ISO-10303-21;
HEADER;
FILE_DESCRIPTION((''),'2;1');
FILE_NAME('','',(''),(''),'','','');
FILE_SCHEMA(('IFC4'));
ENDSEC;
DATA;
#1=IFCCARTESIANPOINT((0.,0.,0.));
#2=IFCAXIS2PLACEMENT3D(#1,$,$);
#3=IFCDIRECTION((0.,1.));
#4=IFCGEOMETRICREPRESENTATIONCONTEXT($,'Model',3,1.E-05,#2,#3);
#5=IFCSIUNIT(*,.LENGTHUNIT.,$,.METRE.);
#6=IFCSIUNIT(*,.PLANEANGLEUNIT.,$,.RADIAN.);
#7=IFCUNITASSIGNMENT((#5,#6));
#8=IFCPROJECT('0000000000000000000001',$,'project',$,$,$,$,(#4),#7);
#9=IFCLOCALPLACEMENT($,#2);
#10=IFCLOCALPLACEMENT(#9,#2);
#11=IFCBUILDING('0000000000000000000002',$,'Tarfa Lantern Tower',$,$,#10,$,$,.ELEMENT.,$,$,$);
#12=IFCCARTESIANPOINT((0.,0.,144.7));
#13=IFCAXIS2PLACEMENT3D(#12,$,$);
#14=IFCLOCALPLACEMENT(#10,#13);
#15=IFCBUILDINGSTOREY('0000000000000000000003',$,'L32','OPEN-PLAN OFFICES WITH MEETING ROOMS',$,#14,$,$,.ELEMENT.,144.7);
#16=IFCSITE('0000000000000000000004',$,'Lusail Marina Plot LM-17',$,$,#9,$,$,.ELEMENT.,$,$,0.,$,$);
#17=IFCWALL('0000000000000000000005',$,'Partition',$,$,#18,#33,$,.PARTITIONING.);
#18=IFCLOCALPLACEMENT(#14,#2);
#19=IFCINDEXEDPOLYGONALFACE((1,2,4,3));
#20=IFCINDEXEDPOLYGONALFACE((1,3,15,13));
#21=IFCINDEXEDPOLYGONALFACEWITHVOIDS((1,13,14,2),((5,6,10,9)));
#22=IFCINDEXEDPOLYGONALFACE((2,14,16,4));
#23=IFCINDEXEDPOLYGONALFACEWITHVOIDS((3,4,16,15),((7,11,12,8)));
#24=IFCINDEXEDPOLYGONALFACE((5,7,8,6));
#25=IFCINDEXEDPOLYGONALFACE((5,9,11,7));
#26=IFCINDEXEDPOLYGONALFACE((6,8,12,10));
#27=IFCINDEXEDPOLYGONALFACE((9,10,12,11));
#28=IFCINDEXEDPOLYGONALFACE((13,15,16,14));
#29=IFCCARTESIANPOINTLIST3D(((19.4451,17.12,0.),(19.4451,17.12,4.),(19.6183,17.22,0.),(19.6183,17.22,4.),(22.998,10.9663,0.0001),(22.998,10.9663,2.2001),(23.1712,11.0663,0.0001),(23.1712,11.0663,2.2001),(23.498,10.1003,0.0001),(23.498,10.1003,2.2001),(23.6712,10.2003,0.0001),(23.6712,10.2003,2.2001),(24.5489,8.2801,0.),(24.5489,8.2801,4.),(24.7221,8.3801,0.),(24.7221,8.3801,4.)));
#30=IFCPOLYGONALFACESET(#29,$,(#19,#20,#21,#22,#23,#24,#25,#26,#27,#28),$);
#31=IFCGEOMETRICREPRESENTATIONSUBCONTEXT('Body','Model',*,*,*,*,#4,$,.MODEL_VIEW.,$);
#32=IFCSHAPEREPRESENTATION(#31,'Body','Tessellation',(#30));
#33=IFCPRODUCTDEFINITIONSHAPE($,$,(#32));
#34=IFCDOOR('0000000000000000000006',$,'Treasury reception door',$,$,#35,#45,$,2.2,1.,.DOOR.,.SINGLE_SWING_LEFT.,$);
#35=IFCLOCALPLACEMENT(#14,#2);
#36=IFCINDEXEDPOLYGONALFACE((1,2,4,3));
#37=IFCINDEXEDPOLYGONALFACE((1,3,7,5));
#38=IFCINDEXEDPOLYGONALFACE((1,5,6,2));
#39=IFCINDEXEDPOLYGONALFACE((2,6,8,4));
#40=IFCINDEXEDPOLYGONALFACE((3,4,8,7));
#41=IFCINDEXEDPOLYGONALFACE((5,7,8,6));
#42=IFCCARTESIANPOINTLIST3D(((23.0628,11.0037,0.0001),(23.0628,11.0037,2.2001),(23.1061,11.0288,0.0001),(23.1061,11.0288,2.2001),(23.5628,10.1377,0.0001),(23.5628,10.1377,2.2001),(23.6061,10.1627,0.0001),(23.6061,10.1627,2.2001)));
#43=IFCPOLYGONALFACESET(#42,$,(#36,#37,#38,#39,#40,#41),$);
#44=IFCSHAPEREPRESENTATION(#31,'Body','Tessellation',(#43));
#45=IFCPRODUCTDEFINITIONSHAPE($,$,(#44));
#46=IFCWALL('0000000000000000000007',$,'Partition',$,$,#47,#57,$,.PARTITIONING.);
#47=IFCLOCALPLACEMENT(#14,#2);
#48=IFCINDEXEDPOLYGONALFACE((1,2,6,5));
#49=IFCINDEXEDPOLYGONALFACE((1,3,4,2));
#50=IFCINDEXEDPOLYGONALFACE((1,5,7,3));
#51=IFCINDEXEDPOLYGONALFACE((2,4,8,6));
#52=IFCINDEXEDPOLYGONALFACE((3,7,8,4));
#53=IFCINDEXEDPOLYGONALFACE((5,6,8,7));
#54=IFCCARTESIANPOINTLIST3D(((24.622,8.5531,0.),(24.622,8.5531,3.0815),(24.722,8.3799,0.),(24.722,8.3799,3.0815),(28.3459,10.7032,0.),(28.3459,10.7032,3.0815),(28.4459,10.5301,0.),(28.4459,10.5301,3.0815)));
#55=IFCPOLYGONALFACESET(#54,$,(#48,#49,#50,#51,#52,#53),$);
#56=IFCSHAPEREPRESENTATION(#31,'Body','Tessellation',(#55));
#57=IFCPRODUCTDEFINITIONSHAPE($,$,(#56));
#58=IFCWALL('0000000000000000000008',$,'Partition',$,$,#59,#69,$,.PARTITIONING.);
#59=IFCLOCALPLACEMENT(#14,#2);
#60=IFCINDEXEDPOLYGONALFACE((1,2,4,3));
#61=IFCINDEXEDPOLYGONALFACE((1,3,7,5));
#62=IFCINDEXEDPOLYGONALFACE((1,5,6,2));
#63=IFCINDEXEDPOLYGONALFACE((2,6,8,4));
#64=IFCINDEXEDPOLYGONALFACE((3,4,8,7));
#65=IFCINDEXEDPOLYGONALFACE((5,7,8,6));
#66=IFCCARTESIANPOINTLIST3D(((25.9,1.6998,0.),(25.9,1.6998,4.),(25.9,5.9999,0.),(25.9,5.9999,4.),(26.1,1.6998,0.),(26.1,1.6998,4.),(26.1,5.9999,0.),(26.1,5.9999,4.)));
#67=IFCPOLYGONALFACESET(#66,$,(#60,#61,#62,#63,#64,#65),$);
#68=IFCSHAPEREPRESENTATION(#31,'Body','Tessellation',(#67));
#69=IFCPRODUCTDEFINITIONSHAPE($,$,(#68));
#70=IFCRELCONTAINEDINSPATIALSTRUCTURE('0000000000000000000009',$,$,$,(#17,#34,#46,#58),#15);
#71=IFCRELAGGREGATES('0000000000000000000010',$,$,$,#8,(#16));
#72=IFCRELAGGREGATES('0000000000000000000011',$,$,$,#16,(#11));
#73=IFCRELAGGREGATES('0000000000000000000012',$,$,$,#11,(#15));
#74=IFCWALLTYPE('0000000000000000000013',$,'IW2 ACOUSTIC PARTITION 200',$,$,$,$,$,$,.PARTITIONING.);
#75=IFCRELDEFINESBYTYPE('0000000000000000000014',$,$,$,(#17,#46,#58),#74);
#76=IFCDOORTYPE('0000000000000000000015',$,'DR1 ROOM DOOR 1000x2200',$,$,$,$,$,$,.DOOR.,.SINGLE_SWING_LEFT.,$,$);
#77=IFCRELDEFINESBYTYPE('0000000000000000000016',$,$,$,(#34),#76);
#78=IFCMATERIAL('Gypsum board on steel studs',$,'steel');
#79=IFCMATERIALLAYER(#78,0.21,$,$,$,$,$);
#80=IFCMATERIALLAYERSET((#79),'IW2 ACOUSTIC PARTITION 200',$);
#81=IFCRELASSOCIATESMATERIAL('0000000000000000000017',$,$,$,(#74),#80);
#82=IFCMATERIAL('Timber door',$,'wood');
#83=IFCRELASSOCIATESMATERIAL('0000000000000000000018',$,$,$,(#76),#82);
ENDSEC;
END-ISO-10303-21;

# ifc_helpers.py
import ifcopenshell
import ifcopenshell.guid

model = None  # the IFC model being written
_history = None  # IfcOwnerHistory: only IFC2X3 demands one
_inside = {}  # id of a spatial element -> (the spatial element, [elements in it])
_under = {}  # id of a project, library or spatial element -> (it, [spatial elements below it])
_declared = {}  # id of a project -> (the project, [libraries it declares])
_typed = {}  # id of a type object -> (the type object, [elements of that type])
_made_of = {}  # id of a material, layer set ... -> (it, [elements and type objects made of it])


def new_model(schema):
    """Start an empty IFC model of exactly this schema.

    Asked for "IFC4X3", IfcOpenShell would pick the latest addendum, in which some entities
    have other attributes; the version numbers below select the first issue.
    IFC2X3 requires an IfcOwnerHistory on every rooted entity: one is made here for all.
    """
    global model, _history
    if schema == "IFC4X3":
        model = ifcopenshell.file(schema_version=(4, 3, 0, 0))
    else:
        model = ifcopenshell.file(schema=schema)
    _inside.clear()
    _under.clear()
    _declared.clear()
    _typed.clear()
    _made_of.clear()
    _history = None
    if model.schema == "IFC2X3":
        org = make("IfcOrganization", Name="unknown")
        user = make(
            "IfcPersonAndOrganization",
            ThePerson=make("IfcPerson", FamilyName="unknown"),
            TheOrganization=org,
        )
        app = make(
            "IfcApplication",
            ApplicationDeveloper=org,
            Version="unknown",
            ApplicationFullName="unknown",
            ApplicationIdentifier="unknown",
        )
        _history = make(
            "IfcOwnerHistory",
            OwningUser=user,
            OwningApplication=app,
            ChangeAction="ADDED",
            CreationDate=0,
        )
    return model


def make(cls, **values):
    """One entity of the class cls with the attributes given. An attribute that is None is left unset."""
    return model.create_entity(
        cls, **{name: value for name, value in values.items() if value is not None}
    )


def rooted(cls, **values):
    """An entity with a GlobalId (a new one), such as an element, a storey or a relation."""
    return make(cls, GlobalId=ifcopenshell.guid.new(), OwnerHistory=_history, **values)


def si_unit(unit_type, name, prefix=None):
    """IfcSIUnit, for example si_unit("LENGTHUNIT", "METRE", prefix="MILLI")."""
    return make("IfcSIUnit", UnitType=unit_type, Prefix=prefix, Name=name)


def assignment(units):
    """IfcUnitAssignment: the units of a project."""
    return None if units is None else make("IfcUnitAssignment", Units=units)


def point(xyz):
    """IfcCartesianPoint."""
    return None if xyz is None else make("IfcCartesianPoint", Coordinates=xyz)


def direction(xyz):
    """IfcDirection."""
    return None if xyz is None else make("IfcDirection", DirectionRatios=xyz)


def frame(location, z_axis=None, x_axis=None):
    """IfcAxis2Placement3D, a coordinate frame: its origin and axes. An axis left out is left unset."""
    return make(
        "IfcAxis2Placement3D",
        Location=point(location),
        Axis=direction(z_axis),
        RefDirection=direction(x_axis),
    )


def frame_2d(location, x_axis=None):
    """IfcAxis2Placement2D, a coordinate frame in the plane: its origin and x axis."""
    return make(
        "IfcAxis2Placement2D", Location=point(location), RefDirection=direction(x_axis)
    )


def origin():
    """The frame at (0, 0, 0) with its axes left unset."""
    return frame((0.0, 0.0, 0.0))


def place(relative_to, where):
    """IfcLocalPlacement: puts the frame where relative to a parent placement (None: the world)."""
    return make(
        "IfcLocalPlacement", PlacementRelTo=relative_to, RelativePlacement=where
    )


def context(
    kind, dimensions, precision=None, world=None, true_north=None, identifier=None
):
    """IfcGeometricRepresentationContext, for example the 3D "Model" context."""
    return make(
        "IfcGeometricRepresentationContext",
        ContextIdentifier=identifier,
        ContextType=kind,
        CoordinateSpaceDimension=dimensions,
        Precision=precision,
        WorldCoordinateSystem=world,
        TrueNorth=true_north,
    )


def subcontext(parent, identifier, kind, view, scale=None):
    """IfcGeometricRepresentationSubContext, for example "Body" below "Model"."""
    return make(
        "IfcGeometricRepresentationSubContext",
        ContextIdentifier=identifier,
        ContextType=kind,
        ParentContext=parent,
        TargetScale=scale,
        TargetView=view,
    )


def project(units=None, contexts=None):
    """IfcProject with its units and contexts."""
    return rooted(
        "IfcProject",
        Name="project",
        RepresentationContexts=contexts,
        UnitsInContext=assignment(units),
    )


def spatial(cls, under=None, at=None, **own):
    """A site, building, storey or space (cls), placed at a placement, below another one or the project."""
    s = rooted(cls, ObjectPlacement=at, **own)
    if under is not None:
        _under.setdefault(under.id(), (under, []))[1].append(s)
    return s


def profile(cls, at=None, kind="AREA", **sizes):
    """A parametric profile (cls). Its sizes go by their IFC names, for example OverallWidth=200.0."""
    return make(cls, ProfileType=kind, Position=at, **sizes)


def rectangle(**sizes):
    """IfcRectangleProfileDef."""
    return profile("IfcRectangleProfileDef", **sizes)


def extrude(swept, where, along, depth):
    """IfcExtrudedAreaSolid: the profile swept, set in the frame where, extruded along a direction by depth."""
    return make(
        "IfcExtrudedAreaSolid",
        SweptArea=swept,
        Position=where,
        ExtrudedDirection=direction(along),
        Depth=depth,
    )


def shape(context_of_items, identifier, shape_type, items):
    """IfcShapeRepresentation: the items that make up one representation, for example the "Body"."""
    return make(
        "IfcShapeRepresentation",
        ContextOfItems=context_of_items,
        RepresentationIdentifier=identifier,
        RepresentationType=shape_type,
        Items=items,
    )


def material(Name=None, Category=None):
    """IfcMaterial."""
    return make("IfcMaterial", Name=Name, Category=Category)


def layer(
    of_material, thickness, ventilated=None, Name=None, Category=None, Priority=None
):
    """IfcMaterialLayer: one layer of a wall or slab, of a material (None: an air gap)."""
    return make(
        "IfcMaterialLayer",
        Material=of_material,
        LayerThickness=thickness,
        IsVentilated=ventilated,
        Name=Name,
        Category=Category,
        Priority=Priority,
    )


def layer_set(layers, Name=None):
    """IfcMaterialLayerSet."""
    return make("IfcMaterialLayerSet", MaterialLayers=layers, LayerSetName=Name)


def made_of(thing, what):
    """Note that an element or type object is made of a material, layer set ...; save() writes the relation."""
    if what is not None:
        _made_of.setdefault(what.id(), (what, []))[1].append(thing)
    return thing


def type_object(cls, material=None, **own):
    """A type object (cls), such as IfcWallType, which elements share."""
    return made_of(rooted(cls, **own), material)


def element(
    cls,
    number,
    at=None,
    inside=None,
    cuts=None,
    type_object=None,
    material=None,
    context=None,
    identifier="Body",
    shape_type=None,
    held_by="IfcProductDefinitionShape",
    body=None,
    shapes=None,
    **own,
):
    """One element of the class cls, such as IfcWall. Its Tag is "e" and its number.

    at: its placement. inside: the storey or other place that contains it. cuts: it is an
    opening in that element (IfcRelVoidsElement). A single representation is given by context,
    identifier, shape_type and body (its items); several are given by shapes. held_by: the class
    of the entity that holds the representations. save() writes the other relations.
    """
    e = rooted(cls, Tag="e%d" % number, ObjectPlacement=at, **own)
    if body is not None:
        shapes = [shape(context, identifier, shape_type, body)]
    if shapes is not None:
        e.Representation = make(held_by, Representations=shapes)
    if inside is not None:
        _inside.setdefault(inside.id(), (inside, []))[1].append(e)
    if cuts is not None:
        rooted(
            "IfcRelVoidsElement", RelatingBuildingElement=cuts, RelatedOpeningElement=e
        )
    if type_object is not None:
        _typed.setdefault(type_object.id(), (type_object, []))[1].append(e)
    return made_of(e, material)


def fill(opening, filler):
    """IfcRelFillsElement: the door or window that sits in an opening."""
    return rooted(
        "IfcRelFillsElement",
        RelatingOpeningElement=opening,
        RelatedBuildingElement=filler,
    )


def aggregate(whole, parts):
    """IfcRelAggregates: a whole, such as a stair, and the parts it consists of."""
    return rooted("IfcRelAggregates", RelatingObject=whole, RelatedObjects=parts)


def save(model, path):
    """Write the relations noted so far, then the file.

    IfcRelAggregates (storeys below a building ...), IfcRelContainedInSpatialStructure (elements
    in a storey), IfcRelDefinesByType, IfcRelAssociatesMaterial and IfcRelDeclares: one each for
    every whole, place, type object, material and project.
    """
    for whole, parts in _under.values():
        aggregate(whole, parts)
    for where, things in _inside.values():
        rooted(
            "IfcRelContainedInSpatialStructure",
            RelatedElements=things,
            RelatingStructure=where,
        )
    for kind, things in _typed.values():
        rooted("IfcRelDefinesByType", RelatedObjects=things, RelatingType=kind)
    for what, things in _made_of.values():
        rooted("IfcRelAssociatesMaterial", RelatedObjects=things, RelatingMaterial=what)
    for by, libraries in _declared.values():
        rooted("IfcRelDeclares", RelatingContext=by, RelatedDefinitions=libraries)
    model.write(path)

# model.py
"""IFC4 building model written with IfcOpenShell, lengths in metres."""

from ifc_helpers import new_model, si_unit, direction, frame, frame_2d, origin, place, context, subcontext, project, spatial, rectangle, extrude, material, layer, layer_set, type_object, element, fill, save


model = new_model("IFC4")

# Units and contexts
model_context = context("Model", 3, precision=1e-05, world=origin(), true_north=direction((0.0, 1.0)))
body_context = subcontext(model_context, "Body", "Model", "MODEL_VIEW")
ifc_project = project(units=[si_unit("LENGTHUNIT", "METRE"), si_unit("PLANEANGLEUNIT", "RADIAN")], contexts=[model_context])

# Site, building, storey
site_placement = place(None, origin())
site = spatial("IfcSite", under=ifc_project, at=site_placement, Name="Lusail Marina Plot LM-17", CompositionType="ELEMENT", RefElevation=0.0)
building_placement = place(site_placement, origin())
building = spatial("IfcBuilding", under=site, at=building_placement, Name="Tarfa Lantern Tower", CompositionType="ELEMENT")
storey_placement = place(building_placement, frame((0.0, 0.0, 144.7)))
storey = spatial("IfcBuildingStorey", under=building, at=storey_placement, Name="L32", Description="OPEN-PLAN OFFICES WITH MEETING ROOMS", CompositionType="ELEMENT", Elevation=144.7)

# Wall, opening, door
ifc_material_1 = material(Name="Gypsum board on steel studs", Category="steel")
ifc_layer_1 = layer(ifc_material_1, 0.21)
ifc_layer_set_1 = layer_set([ifc_layer_1], Name="IW2 ACOUSTIC PARTITION 200")
wall_type = type_object("IfcWallType", Name="IW2 ACOUSTIC PARTITION 200", PredefinedType="PARTITIONING", material=ifc_layer_set_1)
wall_1_placement = place(storey_placement, frame((24.6355, 8.3301, 0.0), z_axis=(0.0, 0.0, 1.0), x_axis=(-0.500005, 0.866022, 0.0)))
wall_1 = element("IfcWall", 1, at=wall_1_placement, inside=storey, type_object=wall_type, Name="Partition", PredefinedType="PARTITIONING", context=body_context, shape_type="SweptSolid", body=[
    extrude(rectangle(XDim=10.2075, YDim=0.2, at=frame_2d((5.1038, 0.0))), origin(), (0.0, 0.0, 1.0), 4.0),
])
opening_placement = place(wall_1_placement, frame((2.1018, 0.0, 0.0)))
opening = element("IfcOpeningElement", 2, at=opening_placement, cuts=wall_1, PredefinedType="OPENING", context=body_context, shape_type="SweptSolid", body=[
    extrude(rectangle(XDim=1.0, YDim=2.2, at=frame_2d((0.5, 1.1001))), frame((0.0, 0.1099, 0.0), z_axis=(0.0, -1.0, 0.0), x_axis=(1.0, 0.0, 0.0)), (0.0, 0.0, 1.0), 0.22),
])
ifc_material_2 = material(Name="Timber door", Category="wood")
door_type = type_object("IfcDoorType", Name="DR1 ROOM DOOR 1000x2200", OperationType="SINGLE_SWING_LEFT", PredefinedType="DOOR", material=ifc_material_2)
door_placement = place(opening_placement, frame((1.0, 0.0, 0.0), z_axis=(0.0, 0.0, 1.0), x_axis=(-1.0, 0.0, 0.0)))
door = element("IfcDoor", 3, at=door_placement, inside=storey, type_object=door_type, Name="Treasury reception door", OperationType="SINGLE_SWING_LEFT", OverallHeight=2.2, OverallWidth=1.0, PredefinedType="DOOR", context=body_context, shape_type="SweptSolid", body=[
    extrude(rectangle(XDim=1.0, YDim=2.2, at=frame_2d((0.5, 1.1001))), frame((0.0, 0.0249, 0.0), z_axis=(0.0, -1.0, 0.0), x_axis=(1.0, 0.0, 0.0)), (0.0, 0.0, 1.0), 0.05),
])
fill(opening, door)

# Walls
wall_2_placement = place(storey_placement, frame((24.6721, 8.4666, 0.0), z_axis=(0.0, 0.0, 1.0), x_axis=(0.866009, 0.500029, 0.0)))
element("IfcWall", 4, at=wall_2_placement, inside=storey, type_object=wall_type, Name="Partition", PredefinedType="PARTITIONING", context=body_context, shape_type="SweptSolid", body=[
    extrude(rectangle(XDim=4.3, YDim=0.2, at=frame_2d((2.1499, 0.0))), origin(), (0.0, 0.0, 1.0), 3.0815),
])
wall_3_placement = place(storey_placement, frame((26.0, 1.7, 0.0), z_axis=(0.0, 0.0, 1.0), x_axis=(0.0, 1.0, 0.0)))
element("IfcWall", 5, at=wall_3_placement, inside=storey, type_object=wall_type, Name="Partition", PredefinedType="PARTITIONING", context=body_context, shape_type="SweptSolid", body=[
    extrude(rectangle(XDim=4.3, YDim=0.2, at=frame_2d((2.1499, 0.0))), origin(), (0.0, 0.0, 1.0), 4.0),
])

save(model, "model.ifc")
